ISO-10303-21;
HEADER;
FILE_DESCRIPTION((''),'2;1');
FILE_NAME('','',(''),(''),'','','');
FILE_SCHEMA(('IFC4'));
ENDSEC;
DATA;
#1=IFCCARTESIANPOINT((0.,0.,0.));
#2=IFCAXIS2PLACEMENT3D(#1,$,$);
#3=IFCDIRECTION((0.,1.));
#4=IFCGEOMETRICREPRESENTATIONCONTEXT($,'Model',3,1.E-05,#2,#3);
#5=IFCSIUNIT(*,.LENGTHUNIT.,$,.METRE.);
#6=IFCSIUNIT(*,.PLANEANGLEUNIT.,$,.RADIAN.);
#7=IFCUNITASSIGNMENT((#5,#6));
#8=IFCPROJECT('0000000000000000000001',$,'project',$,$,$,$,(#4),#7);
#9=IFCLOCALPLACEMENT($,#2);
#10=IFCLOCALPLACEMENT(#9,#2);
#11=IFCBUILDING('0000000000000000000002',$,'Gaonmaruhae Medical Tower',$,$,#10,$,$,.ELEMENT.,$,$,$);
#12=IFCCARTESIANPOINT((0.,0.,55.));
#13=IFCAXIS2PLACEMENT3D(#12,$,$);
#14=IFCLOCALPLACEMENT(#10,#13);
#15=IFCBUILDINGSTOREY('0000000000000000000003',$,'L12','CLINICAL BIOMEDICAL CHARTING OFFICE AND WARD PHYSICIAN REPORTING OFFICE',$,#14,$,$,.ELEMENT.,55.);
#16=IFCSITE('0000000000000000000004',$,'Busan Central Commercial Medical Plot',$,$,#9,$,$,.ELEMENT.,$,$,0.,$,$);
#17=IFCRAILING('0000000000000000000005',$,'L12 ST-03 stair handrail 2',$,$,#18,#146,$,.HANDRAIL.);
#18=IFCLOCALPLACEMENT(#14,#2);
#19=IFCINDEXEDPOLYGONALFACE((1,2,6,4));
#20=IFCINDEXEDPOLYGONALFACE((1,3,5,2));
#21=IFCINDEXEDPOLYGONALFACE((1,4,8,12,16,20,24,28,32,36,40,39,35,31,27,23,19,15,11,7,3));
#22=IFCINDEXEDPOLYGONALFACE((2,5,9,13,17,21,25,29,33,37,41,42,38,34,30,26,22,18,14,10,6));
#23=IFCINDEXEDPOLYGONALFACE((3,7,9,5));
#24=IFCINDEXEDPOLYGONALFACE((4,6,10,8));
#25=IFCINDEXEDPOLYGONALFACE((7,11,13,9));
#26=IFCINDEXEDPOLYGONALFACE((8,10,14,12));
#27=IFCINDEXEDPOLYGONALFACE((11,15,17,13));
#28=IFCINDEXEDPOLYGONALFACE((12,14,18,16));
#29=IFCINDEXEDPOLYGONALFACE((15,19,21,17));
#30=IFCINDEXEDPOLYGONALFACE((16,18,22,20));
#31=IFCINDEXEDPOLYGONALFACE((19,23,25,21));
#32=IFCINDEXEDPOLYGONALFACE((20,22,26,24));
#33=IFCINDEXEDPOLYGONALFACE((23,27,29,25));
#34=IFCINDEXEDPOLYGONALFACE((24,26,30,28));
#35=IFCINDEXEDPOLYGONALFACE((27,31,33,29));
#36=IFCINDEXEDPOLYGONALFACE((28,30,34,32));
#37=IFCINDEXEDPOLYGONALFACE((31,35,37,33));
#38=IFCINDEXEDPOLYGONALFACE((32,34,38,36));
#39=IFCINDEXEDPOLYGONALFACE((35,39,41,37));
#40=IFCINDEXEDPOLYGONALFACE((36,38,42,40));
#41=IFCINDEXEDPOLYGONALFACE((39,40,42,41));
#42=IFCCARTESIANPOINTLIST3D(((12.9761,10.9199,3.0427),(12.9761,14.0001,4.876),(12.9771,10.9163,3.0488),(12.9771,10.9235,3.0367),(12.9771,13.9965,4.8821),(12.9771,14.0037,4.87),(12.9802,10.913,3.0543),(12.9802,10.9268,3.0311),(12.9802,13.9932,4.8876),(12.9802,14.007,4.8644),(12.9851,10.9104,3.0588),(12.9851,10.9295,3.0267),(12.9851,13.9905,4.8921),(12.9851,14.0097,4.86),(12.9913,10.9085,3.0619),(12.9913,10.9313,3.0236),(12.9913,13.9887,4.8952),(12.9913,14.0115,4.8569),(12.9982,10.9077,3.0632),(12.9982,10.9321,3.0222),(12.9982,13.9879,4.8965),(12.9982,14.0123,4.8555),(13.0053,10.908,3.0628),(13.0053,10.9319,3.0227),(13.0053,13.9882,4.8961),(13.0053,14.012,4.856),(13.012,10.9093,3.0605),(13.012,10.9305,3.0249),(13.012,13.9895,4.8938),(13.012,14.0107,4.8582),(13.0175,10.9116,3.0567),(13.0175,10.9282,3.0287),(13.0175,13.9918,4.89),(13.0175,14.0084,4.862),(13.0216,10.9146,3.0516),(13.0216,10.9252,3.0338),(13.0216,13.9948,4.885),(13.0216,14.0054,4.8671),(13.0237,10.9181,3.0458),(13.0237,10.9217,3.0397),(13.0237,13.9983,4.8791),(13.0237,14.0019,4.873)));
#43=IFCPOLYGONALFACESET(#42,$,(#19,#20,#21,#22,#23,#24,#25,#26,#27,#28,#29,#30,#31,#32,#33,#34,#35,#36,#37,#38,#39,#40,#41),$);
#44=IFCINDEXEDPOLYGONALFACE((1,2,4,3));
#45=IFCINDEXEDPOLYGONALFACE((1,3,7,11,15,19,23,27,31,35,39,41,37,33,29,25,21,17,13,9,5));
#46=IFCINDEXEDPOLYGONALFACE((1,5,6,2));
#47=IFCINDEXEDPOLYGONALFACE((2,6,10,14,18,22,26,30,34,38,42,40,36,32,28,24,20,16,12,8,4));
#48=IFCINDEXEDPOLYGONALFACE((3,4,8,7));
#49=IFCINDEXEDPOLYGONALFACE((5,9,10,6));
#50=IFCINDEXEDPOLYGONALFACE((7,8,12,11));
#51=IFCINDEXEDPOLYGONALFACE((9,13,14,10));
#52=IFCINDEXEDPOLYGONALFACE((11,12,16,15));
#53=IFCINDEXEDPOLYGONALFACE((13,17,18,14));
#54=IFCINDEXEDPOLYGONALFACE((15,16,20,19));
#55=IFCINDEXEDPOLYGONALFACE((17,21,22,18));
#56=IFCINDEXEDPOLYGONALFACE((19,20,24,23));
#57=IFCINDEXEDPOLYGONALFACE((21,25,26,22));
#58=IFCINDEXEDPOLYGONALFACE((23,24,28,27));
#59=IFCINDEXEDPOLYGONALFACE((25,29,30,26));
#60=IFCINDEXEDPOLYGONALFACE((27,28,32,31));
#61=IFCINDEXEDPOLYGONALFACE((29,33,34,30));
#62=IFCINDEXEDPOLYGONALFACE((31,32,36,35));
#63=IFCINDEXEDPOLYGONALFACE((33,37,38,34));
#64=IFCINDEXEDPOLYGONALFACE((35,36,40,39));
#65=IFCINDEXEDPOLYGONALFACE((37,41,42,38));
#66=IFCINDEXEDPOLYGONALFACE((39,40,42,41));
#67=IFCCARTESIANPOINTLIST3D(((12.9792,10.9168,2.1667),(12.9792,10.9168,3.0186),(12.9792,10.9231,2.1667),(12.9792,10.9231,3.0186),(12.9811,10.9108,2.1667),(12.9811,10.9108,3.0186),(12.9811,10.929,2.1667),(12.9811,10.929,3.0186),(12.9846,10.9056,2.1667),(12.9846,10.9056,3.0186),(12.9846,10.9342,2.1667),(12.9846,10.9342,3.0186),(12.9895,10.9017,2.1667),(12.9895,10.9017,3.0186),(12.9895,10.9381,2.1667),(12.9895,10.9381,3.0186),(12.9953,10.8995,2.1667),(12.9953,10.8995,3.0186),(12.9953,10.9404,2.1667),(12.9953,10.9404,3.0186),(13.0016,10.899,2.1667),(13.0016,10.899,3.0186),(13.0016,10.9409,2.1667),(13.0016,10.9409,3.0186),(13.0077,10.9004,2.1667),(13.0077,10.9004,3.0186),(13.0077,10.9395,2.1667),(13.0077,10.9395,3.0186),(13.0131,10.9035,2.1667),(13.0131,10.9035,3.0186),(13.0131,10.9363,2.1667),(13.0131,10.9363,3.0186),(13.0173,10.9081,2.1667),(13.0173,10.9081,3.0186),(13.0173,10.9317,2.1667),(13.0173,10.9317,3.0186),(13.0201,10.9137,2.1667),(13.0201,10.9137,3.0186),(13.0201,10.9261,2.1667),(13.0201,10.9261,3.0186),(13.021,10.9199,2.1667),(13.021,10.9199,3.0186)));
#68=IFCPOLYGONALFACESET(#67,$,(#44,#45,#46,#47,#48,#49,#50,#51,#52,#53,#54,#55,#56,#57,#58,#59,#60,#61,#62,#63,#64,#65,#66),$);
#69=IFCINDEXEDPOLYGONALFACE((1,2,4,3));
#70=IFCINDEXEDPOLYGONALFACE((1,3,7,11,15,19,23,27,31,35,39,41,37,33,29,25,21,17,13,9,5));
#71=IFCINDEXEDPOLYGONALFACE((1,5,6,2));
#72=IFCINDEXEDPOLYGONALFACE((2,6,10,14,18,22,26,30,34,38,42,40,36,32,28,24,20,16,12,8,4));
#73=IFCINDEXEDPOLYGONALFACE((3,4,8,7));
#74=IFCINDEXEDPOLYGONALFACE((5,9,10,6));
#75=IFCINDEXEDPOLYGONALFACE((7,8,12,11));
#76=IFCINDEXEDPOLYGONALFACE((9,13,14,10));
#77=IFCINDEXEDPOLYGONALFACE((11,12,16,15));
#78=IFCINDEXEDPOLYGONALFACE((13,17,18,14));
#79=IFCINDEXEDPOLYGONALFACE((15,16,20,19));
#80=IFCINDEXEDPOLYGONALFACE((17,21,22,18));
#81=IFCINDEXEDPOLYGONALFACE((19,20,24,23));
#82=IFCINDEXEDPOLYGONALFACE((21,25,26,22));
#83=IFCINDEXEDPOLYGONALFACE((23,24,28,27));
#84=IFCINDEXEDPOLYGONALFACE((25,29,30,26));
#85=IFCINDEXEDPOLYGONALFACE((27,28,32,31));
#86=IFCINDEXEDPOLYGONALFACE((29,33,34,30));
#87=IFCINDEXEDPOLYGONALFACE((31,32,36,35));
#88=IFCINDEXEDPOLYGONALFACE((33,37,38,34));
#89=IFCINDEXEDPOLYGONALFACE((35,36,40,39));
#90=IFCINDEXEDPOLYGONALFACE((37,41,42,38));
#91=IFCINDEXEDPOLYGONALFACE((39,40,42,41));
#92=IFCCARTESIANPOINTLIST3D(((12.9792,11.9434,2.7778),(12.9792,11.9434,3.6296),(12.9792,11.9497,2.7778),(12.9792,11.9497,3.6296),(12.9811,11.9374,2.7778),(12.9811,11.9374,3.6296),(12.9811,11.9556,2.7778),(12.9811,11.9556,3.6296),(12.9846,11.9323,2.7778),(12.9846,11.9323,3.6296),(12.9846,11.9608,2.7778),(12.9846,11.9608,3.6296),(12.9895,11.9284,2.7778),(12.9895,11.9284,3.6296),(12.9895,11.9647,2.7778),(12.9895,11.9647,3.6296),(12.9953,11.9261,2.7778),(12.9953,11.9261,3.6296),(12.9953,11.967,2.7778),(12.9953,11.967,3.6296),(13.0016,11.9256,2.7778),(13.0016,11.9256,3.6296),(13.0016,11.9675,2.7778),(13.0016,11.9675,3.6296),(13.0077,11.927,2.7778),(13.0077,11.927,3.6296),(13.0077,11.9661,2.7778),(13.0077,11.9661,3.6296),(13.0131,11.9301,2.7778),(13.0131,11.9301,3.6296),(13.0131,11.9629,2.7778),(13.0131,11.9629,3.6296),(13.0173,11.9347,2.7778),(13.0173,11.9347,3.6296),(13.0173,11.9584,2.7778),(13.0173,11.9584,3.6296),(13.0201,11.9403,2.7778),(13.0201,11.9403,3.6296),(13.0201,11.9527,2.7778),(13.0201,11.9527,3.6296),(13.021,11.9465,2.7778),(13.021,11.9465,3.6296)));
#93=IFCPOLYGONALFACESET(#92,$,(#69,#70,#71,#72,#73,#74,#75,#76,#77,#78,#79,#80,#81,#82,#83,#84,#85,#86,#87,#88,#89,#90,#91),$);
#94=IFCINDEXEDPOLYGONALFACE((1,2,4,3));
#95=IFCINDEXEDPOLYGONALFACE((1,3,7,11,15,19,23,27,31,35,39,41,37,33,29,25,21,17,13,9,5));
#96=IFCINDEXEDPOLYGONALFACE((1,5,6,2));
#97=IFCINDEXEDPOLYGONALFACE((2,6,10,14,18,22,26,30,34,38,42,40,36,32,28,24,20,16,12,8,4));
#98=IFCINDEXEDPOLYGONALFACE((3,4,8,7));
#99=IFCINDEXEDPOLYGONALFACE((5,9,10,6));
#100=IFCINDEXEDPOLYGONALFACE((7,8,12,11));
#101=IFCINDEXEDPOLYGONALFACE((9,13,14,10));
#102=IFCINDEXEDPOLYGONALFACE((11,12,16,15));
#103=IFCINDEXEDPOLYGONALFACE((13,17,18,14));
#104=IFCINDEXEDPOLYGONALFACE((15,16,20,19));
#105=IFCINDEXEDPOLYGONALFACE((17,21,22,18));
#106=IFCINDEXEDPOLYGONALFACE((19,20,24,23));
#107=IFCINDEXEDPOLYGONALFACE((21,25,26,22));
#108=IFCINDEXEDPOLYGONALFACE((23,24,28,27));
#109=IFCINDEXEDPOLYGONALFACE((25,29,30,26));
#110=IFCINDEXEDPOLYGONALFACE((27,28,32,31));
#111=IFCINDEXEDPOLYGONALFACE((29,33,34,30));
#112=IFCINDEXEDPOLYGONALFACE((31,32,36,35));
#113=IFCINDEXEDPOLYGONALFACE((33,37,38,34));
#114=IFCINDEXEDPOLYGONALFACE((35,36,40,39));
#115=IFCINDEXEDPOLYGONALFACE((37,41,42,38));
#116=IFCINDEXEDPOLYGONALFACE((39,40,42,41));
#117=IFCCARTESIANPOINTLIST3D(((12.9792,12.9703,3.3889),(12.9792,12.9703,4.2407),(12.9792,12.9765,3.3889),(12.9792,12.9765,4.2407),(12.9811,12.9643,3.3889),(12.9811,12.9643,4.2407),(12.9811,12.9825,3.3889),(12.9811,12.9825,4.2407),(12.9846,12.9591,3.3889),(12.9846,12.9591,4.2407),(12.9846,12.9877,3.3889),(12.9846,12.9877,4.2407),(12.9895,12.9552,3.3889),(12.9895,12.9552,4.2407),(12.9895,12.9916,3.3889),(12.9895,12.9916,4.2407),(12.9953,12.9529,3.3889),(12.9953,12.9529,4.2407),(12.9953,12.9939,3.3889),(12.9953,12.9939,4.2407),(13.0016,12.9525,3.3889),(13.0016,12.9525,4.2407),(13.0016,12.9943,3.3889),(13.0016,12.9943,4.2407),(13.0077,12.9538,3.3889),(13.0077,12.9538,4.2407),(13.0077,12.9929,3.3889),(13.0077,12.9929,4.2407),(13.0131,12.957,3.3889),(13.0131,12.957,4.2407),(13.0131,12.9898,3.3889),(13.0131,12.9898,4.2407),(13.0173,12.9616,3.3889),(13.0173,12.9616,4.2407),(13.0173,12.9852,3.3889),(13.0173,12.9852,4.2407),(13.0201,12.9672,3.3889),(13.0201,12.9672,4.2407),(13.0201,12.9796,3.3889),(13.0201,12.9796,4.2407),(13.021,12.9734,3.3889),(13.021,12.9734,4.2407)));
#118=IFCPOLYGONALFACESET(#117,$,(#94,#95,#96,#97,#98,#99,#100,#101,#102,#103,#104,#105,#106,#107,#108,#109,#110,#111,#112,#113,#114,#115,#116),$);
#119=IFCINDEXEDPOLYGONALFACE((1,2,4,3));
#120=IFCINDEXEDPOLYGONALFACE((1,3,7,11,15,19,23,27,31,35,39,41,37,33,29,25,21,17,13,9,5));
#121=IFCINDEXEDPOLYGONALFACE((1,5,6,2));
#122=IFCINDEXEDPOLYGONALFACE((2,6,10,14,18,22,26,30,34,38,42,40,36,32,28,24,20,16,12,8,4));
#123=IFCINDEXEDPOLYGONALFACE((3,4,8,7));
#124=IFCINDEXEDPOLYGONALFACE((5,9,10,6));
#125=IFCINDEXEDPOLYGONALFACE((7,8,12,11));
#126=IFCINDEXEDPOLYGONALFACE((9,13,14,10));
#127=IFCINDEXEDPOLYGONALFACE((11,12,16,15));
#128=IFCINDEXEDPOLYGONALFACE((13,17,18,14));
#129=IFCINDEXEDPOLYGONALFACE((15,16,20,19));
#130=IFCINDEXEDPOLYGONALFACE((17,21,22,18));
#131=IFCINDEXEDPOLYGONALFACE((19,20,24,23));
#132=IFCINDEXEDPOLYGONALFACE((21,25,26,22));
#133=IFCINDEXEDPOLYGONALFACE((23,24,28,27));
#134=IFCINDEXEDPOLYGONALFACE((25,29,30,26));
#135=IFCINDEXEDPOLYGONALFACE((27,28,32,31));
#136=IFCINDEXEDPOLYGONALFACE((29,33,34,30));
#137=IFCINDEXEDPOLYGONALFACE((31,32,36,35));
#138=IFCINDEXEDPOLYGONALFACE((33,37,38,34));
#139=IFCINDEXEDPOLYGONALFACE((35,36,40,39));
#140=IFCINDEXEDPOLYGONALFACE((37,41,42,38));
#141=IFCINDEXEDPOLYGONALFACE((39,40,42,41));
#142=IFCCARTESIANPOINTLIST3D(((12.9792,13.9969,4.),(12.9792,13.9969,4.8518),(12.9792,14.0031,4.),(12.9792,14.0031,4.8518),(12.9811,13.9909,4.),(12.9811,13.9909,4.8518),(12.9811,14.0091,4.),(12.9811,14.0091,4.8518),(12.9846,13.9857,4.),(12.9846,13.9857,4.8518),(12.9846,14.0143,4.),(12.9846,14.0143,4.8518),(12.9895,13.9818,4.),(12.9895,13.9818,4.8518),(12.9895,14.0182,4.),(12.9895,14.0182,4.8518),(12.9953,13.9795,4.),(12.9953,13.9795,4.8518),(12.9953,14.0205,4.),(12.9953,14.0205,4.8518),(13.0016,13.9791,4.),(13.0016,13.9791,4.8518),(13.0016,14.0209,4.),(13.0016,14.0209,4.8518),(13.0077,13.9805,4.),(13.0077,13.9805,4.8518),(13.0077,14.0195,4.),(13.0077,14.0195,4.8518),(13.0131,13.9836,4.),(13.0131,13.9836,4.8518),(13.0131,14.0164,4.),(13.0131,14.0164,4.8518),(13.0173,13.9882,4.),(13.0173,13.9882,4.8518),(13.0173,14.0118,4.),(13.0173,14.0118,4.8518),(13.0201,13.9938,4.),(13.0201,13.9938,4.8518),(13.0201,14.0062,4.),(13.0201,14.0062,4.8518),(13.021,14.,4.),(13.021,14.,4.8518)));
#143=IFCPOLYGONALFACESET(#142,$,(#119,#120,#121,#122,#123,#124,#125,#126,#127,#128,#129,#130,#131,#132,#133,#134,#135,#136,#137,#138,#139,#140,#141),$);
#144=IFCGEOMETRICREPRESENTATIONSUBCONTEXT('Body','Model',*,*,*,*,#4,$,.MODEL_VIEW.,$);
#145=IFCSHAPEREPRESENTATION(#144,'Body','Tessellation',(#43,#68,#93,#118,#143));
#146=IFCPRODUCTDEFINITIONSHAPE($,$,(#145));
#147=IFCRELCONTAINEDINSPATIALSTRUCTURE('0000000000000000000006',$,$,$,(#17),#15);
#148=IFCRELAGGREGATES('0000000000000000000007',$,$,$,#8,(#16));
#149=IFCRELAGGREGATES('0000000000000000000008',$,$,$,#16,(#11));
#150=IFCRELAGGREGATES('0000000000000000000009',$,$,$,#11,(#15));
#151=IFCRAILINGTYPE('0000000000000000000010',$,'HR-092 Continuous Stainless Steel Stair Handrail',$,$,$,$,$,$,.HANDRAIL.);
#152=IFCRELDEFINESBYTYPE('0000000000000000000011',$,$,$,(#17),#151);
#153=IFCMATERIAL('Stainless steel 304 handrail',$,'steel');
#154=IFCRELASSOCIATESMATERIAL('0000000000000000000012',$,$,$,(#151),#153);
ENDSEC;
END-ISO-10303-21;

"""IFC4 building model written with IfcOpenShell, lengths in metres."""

from ifc_helpers import new_model, si_unit, direction, frame, origin, origin_2d, place, context, subcontext, project, spatial, circle, extrude, material, type_object, element, save


model = new_model("IFC4")

# Units and contexts
model_context = context("Model", 3, precision=1e-05, world=origin(), true_north=direction((0.0, 1.0)))
body_context = subcontext(model_context, "Body", "Model", "MODEL_VIEW")
ifc_project = project(units=[si_unit("LENGTHUNIT", "METRE"), si_unit("PLANEANGLEUNIT", "RADIAN")], contexts=[model_context])

# Site, building, storey
site_placement = place(None, origin())
site = spatial("IfcSite", under=ifc_project, at=site_placement, Name="Busan Central Commercial Medical Plot", CompositionType="ELEMENT", RefElevation=0.0)
building_placement = place(site_placement, origin())
building = spatial("IfcBuilding", under=site, at=building_placement, Name="Gaonmaruhae Medical Tower", CompositionType="ELEMENT")
storey_placement = place(building_placement, frame((0.0, 0.0, 55.0)))
storey = spatial("IfcBuildingStorey", under=building, at=storey_placement, Name="L12", Description="CLINICAL BIOMEDICAL CHARTING OFFICE AND WARD PHYSICIAN REPORTING OFFICE", CompositionType="ELEMENT", Elevation=55.0)

# Railing
ifc_material_1 = material(Name="Stainless steel 304 handrail", Category="steel")
railing_type_1 = type_object("IfcRailingType", Name="HR-092 Continuous Stainless Steel Stair Handrail", PredefinedType="HANDRAIL", material=ifc_material_1)
railing_1_placement = place(storey_placement, frame((13.0, 10.9199, 2.1667)))
element("IfcRailing", 1, at=railing_1_placement, inside=storey, type_object=railing_type_1, Name="L12 ST-03 stair handrail 2", PredefinedType="HANDRAIL", context=body_context, shape_type="SweptSolid", body=[
    extrude(circle(Radius=0.0239, at=origin_2d()), frame((0.0, 0.0, 0.876), z_axis=(0.0, 0.859309, 0.511458), x_axis=(-1.0, 0.0, 0.0)), (0.0, 0.0, 1.0), 3.5845),
    extrude(circle(Radius=0.021, at=origin_2d()), origin(), (0.0, 0.0, 1.0), 0.8518),
    extrude(circle(Radius=0.021, at=origin_2d()), frame((0.0, 1.0266, 0.6111)), (0.0, 0.0, 1.0), 0.8518),
    extrude(circle(Radius=0.021, at=origin_2d()), frame((0.0, 2.0535, 1.2222)), (0.0, 0.0, 1.0), 0.8518),
    extrude(circle(Radius=0.021, at=origin_2d()), frame((0.0, 3.0801, 1.8333)), (0.0, 0.0, 1.0), 0.8518),
])

save(model, "model.ifc")
